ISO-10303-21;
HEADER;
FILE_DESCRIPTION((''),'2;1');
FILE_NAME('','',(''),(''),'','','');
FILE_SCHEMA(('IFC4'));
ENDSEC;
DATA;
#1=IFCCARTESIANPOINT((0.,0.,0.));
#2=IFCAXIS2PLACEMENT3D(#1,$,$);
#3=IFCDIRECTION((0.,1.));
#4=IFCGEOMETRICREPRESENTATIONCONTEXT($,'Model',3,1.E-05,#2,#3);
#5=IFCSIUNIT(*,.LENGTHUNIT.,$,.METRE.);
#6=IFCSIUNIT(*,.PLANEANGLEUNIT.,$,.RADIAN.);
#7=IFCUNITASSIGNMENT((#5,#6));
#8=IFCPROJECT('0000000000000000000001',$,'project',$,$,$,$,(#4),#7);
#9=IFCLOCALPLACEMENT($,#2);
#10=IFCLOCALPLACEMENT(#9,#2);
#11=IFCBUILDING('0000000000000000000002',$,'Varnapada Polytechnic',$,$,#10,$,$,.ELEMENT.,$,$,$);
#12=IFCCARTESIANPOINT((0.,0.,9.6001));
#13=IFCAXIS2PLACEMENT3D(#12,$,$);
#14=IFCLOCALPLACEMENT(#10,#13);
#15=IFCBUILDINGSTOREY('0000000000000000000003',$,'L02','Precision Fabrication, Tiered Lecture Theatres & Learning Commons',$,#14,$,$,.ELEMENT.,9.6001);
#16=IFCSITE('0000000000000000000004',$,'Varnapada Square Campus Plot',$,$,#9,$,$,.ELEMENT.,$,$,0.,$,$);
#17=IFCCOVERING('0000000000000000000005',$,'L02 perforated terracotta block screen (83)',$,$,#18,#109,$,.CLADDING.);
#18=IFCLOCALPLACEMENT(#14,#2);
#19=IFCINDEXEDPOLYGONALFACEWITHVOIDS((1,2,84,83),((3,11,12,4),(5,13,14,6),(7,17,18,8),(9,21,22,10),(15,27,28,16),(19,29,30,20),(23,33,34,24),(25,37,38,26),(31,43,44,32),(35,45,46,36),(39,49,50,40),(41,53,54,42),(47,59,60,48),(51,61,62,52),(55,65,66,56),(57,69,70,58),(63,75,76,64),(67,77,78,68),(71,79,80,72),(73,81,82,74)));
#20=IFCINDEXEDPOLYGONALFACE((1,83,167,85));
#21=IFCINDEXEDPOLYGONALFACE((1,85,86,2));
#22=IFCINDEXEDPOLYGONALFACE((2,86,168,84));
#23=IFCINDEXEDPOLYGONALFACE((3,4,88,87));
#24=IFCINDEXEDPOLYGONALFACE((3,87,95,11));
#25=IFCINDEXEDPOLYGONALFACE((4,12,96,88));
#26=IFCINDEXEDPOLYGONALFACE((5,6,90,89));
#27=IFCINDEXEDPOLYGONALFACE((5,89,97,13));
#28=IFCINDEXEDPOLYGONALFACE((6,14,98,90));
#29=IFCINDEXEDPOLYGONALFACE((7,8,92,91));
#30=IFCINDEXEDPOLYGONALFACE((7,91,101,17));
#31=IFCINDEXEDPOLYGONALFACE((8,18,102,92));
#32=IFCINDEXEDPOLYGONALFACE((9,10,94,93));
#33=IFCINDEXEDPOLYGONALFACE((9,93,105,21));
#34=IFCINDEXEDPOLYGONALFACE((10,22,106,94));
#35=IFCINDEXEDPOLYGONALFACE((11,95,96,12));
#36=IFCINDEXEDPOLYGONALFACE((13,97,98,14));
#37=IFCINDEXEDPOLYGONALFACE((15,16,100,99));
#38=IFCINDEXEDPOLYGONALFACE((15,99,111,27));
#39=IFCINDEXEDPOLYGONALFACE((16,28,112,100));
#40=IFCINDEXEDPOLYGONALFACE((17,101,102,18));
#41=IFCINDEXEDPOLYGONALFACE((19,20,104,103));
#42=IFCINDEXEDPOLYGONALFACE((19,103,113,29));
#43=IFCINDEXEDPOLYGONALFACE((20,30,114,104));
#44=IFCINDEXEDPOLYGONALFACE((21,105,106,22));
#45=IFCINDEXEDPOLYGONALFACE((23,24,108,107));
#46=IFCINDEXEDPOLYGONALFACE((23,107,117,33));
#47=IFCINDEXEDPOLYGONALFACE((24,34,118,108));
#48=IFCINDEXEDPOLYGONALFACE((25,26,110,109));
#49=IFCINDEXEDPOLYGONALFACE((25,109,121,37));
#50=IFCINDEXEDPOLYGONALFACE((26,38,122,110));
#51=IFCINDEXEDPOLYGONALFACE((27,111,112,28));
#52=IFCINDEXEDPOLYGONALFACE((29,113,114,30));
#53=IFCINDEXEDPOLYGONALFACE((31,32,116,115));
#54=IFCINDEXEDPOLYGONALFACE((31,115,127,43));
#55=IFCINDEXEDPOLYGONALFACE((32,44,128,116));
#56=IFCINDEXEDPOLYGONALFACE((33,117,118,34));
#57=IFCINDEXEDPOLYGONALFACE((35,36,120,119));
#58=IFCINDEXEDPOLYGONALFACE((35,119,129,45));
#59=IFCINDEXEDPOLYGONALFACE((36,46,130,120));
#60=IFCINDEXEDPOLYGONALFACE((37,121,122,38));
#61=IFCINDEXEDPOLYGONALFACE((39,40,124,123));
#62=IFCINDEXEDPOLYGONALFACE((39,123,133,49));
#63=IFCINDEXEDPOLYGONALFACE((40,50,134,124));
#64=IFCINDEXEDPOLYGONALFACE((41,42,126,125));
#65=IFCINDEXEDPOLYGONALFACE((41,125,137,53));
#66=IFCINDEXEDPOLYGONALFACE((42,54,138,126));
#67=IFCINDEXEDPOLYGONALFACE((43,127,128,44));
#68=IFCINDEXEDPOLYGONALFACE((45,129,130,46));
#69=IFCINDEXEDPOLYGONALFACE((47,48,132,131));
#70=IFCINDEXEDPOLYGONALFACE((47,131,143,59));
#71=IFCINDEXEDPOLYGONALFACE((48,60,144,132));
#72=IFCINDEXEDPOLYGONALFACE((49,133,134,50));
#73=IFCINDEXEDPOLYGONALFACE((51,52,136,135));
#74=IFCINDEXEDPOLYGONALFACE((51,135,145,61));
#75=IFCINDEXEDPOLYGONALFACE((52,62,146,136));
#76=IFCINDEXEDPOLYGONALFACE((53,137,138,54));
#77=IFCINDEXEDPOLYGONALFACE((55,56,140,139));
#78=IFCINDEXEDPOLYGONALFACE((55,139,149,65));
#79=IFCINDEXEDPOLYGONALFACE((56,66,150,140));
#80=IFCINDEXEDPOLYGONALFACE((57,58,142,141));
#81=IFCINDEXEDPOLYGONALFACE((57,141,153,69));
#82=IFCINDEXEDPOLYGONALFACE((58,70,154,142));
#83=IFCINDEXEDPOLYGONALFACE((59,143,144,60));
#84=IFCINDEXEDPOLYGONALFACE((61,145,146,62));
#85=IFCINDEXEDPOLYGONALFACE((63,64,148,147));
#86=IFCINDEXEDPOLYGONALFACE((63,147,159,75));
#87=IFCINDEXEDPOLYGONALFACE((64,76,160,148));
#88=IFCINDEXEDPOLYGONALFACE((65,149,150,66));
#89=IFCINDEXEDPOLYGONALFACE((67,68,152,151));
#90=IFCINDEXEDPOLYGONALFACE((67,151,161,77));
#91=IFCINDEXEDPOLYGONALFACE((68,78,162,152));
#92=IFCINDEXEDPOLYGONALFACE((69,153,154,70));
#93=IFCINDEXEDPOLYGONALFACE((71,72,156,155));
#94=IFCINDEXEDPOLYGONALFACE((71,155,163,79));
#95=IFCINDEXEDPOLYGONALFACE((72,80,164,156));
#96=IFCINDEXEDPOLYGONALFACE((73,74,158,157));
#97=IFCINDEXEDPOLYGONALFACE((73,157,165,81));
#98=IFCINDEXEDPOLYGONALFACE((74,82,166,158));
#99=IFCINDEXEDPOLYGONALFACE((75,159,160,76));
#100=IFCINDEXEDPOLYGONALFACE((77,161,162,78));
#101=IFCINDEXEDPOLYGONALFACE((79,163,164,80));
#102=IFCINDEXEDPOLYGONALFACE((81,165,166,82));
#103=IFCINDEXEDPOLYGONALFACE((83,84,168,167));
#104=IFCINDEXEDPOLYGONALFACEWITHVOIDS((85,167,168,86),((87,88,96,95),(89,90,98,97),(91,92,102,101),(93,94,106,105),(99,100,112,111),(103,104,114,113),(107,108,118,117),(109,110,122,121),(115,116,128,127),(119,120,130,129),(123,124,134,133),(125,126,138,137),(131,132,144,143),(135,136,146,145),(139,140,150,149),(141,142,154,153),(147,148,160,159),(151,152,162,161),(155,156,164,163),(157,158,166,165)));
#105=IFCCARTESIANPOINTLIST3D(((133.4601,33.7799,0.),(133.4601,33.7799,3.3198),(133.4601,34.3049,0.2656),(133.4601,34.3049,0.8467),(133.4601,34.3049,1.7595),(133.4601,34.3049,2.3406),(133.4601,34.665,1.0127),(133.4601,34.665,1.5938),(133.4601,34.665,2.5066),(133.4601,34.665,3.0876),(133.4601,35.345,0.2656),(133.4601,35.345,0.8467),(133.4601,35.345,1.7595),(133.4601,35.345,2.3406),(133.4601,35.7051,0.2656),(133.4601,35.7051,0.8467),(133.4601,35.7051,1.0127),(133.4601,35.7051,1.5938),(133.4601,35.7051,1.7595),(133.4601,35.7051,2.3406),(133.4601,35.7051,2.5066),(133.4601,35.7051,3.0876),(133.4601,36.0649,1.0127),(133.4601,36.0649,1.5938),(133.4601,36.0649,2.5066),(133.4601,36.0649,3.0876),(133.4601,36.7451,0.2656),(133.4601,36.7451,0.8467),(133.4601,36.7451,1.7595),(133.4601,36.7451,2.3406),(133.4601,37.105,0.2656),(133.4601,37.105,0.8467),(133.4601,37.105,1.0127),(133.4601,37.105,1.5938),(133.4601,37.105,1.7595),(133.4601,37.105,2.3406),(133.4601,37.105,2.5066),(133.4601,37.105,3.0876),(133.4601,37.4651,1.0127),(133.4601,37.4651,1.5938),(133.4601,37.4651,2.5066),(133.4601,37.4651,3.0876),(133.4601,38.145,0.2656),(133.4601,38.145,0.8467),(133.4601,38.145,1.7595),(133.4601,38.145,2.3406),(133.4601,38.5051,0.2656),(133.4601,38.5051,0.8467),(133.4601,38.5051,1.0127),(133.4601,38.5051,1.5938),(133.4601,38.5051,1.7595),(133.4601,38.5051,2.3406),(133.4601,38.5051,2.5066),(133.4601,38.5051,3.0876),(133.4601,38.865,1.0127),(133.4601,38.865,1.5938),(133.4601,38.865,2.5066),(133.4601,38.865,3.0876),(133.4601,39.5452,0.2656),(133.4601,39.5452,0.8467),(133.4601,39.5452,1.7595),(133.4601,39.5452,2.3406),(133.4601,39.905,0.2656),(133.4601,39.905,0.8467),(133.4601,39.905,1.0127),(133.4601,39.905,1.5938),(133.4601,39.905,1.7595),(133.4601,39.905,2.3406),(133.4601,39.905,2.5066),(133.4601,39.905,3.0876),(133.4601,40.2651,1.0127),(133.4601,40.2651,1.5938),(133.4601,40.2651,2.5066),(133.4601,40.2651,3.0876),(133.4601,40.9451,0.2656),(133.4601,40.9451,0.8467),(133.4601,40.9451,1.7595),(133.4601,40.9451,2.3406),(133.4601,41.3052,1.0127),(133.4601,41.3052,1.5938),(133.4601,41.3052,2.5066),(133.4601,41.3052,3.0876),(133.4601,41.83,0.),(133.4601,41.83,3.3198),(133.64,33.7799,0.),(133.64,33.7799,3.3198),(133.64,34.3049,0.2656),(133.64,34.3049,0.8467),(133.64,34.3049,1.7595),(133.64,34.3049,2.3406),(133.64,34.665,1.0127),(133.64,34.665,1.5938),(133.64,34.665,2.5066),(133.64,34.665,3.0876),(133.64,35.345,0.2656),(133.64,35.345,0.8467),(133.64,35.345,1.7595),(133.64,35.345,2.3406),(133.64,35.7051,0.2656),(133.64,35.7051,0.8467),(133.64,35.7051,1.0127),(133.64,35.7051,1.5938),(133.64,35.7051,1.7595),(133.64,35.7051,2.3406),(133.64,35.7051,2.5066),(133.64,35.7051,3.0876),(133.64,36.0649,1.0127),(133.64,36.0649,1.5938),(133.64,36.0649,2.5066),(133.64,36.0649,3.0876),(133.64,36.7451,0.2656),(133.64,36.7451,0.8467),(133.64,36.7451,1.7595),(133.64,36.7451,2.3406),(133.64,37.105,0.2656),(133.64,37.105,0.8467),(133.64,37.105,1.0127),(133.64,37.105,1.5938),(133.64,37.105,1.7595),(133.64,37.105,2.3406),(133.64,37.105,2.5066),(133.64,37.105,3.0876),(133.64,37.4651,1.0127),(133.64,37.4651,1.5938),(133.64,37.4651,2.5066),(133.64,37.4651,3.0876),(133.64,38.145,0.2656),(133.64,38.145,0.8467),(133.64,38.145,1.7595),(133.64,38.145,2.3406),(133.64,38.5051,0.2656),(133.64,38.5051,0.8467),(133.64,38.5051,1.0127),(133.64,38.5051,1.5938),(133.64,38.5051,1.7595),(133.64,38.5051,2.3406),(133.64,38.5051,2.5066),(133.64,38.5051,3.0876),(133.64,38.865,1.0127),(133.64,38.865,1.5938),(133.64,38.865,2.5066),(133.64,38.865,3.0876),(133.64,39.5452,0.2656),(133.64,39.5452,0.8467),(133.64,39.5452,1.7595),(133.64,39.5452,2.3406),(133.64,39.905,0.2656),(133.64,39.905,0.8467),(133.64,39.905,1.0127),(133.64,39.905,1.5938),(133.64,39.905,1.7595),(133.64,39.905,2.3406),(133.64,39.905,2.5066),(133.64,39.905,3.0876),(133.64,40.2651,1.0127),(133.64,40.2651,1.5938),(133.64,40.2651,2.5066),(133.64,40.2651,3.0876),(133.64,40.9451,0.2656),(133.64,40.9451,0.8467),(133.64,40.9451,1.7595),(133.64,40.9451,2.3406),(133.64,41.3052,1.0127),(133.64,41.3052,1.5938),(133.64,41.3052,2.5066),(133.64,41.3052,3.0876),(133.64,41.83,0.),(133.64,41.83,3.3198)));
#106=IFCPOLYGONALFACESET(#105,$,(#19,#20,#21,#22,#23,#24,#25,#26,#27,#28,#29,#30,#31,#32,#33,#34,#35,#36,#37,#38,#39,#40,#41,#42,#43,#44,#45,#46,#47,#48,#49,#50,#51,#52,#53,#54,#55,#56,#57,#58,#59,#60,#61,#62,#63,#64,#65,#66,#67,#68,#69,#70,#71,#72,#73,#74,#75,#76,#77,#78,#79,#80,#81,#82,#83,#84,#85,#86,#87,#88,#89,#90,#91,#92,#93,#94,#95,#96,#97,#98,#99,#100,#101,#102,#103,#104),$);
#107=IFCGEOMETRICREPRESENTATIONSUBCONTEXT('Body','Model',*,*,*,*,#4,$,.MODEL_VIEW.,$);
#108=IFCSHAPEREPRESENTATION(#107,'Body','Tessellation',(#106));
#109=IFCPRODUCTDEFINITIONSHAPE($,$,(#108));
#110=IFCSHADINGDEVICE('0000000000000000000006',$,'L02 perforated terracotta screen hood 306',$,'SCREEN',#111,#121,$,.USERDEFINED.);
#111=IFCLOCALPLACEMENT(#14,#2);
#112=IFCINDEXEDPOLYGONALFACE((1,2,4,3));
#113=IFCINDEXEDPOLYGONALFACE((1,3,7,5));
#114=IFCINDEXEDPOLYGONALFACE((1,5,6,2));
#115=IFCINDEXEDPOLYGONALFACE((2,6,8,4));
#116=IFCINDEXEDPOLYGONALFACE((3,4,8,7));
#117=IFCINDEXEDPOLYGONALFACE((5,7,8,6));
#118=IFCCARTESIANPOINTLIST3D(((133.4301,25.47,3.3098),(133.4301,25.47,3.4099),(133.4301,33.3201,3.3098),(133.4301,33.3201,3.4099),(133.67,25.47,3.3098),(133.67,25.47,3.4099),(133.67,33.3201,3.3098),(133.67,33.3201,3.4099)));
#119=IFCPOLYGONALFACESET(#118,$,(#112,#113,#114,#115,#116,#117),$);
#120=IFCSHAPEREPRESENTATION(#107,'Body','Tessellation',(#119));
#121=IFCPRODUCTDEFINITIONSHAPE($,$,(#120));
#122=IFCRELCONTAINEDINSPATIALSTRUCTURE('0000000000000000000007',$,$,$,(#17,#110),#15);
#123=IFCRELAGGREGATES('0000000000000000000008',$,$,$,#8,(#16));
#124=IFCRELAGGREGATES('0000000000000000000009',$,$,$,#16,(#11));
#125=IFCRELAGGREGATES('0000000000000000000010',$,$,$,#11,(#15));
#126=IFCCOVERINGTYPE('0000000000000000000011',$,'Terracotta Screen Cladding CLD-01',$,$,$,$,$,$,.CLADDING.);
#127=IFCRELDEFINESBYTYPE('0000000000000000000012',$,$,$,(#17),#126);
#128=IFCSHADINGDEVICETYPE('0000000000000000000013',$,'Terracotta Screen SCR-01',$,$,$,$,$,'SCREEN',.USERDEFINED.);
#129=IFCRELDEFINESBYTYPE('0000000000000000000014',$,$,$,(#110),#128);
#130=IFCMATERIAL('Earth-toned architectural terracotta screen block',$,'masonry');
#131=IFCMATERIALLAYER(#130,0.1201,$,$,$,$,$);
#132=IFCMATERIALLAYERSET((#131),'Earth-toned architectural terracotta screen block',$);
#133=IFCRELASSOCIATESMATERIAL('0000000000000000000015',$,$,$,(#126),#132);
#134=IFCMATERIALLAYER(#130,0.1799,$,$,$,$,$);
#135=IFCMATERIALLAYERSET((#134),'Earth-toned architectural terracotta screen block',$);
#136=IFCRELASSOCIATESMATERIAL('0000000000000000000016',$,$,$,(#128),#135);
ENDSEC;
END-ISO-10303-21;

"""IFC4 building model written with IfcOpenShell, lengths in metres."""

from ifc_helpers import new_model, si_unit, direction, frame, frame_2d, origin, origin_2d, place, context, subcontext, project, spatial, rectangle, extrude, material, layer, layer_set, type_object, element, save


model = new_model("IFC4")

# Units and contexts
model_context = context("Model", 3, precision=1e-05, world=origin(), true_north=direction((0.0, 1.0)))
body_context = subcontext(model_context, "Body", "Model", "MODEL_VIEW")
ifc_project = project(units=[si_unit("LENGTHUNIT", "METRE"), si_unit("PLANEANGLEUNIT", "RADIAN")], contexts=[model_context])

# Site, building, storey
site_placement = place(None, origin())
site = spatial("IfcSite", under=ifc_project, at=site_placement, Name="Varnapada Square Campus Plot", CompositionType="ELEMENT", RefElevation=0.0)
building_placement = place(site_placement, origin())
building = spatial("IfcBuilding", under=site, at=building_placement, Name="Varnapada Polytechnic", CompositionType="ELEMENT")
storey_placement = place(building_placement, frame((0.0, 0.0, 9.6001)))
storey = spatial("IfcBuildingStorey", under=building, at=storey_placement, Name="L02", Description="Precision Fabrication, Tiered Lecture Theatres & Learning Commons", CompositionType="ELEMENT", Elevation=9.6001)

# Covering, openings
ifc_material_1 = material(Name="Earth-toned architectural terracotta screen block", Category="masonry")
ifc_layer_1 = layer(ifc_material_1, 0.1201)
ifc_layer_set_1 = layer_set([ifc_layer_1], Name="Earth-toned architectural terracotta screen block")
covering_type = type_object("IfcCoveringType", Name="Terracotta Screen Cladding CLD-01", PredefinedType="CLADDING", material=ifc_layer_set_1)
covering_placement = place(storey_placement, frame((133.55, 33.78, 0.0), z_axis=(0.0, 0.0, 1.0), x_axis=(0.0, 1.0, 0.0)))
covering = element("IfcCovering", 1, at=covering_placement, inside=storey, type_object=covering_type, Name="L02 perforated terracotta block screen (83)", PredefinedType="CLADDING", context=body_context, shape_type="SweptSolid", body=[
    extrude(rectangle(XDim=8.05, YDim=0.1799, at=frame_2d((4.0249, 0.0))), origin(), (0.0, 0.0, 1.0), 3.3198),
])
opening_1_placement = place(covering_placement, frame((0.5249, 0.0, 0.2656)))
element("IfcOpeningElement", 2, at=opening_1_placement, cuts=covering, PredefinedType="OPENING", context=body_context, shape_type="SweptSolid", body=[
    extrude(rectangle(XDim=1.04, YDim=0.5811, at=frame_2d((0.52, 0.2905))), frame((0.0, 0.0999, 0.0), z_axis=(0.0, -1.0, 0.0), x_axis=(1.0, 0.0, 0.0)), (0.0, 0.0, 1.0), 0.2),
])
opening_2_placement = place(covering_placement, frame((1.925, 0.0, 0.2656)))
element("IfcOpeningElement", 3, at=opening_2_placement, cuts=covering, PredefinedType="OPENING", context=body_context, shape_type="SweptSolid", body=[
    extrude(rectangle(XDim=1.04, YDim=0.5811, at=frame_2d((0.52, 0.2905))), frame((0.0, 0.0999, 0.0), z_axis=(0.0, -1.0, 0.0), x_axis=(1.0, 0.0, 0.0)), (0.0, 0.0, 1.0), 0.2),
])
opening_3_placement = place(covering_placement, frame((3.325, 0.0, 0.2656)))
element("IfcOpeningElement", 4, at=opening_3_placement, cuts=covering, PredefinedType="OPENING", context=body_context, shape_type="SweptSolid", body=[
    extrude(rectangle(XDim=1.04, YDim=0.5811, at=frame_2d((0.52, 0.2905))), frame((0.0, 0.0999, 0.0), z_axis=(0.0, -1.0, 0.0), x_axis=(1.0, 0.0, 0.0)), (0.0, 0.0, 1.0), 0.2),
])
opening_4_placement = place(covering_placement, frame((4.7251, 0.0, 0.2656)))
element("IfcOpeningElement", 5, at=opening_4_placement, cuts=covering, PredefinedType="OPENING", context=body_context, shape_type="SweptSolid", body=[
    extrude(rectangle(XDim=1.04, YDim=0.5811, at=frame_2d((0.52, 0.2905))), frame((0.0, 0.0999, 0.0), z_axis=(0.0, -1.0, 0.0), x_axis=(1.0, 0.0, 0.0)), (0.0, 0.0, 1.0), 0.2),
])
opening_5_placement = place(covering_placement, frame((6.125, 0.0, 0.2656)))
element("IfcOpeningElement", 6, at=opening_5_placement, cuts=covering, PredefinedType="OPENING", context=body_context, shape_type="SweptSolid", body=[
    extrude(rectangle(XDim=1.04, YDim=0.5811, at=frame_2d((0.52, 0.2905))), frame((0.0, 0.0999, 0.0), z_axis=(0.0, -1.0, 0.0), x_axis=(1.0, 0.0, 0.0)), (0.0, 0.0, 1.0), 0.2),
])
opening_6_placement = place(covering_placement, frame((0.885, 0.0, 1.0127)))
element("IfcOpeningElement", 7, at=opening_6_placement, cuts=covering, PredefinedType="OPENING", context=body_context, shape_type="SweptSolid", body=[
    extrude(rectangle(XDim=1.04, YDim=0.5811, at=frame_2d((0.52, 0.2905))), frame((0.0, 0.0999, 0.0), z_axis=(0.0, -1.0, 0.0), x_axis=(1.0, 0.0, 0.0)), (0.0, 0.0, 1.0), 0.2),
])
opening_7_placement = place(covering_placement, frame((2.2849, 0.0, 1.0127)))
element("IfcOpeningElement", 8, at=opening_7_placement, cuts=covering, PredefinedType="OPENING", context=body_context, shape_type="SweptSolid", body=[
    extrude(rectangle(XDim=1.04, YDim=0.5811, at=frame_2d((0.52, 0.2905))), frame((0.0, 0.0999, 0.0), z_axis=(0.0, -1.0, 0.0), x_axis=(1.0, 0.0, 0.0)), (0.0, 0.0, 1.0), 0.2),
])
opening_8_placement = place(covering_placement, frame((3.6851, 0.0, 1.0127)))
element("IfcOpeningElement", 9, at=opening_8_placement, cuts=covering, PredefinedType="OPENING", context=body_context, shape_type="SweptSolid", body=[
    extrude(rectangle(XDim=1.04, YDim=0.5811, at=frame_2d((0.52, 0.2905))), frame((0.0, 0.0999, 0.0), z_axis=(0.0, -1.0, 0.0), x_axis=(1.0, 0.0, 0.0)), (0.0, 0.0, 1.0), 0.2),
])
opening_9_placement = place(covering_placement, frame((5.085, 0.0, 1.0127)))
element("IfcOpeningElement", 10, at=opening_9_placement, cuts=covering, PredefinedType="OPENING", context=body_context, shape_type="SweptSolid", body=[
    extrude(rectangle(XDim=1.04, YDim=0.5811, at=frame_2d((0.52, 0.2905))), frame((0.0, 0.0999, 0.0), z_axis=(0.0, -1.0, 0.0), x_axis=(1.0, 0.0, 0.0)), (0.0, 0.0, 1.0), 0.2),
])
opening_10_placement = place(covering_placement, frame((6.4851, 0.0, 1.0127)))
element("IfcOpeningElement", 11, at=opening_10_placement, cuts=covering, PredefinedType="OPENING", context=body_context, shape_type="SweptSolid", body=[
    extrude(rectangle(XDim=1.04, YDim=0.5811, at=frame_2d((0.52, 0.2905))), frame((0.0, 0.0999, 0.0), z_axis=(0.0, -1.0, 0.0), x_axis=(1.0, 0.0, 0.0)), (0.0, 0.0, 1.0), 0.2),
])
opening_11_placement = place(covering_placement, frame((0.5249, 0.0, 1.7595)))
element("IfcOpeningElement", 12, at=opening_11_placement, cuts=covering, PredefinedType="OPENING", context=body_context, shape_type="SweptSolid", body=[
    extrude(rectangle(XDim=1.04, YDim=0.5811, at=frame_2d((0.52, 0.2905))), frame((0.0, 0.0999, 0.0), z_axis=(0.0, -1.0, 0.0), x_axis=(1.0, 0.0, 0.0)), (0.0, 0.0, 1.0), 0.2),
])
opening_12_placement = place(covering_placement, frame((1.925, 0.0, 1.7595)))
element("IfcOpeningElement", 13, at=opening_12_placement, cuts=covering, PredefinedType="OPENING", context=body_context, shape_type="SweptSolid", body=[
    extrude(rectangle(XDim=1.04, YDim=0.5811, at=frame_2d((0.52, 0.2905))), frame((0.0, 0.0999, 0.0), z_axis=(0.0, -1.0, 0.0), x_axis=(1.0, 0.0, 0.0)), (0.0, 0.0, 1.0), 0.2),
])
opening_13_placement = place(covering_placement, frame((3.325, 0.0, 1.7595)))
element("IfcOpeningElement", 14, at=opening_13_placement, cuts=covering, PredefinedType="OPENING", context=body_context, shape_type="SweptSolid", body=[
    extrude(rectangle(XDim=1.04, YDim=0.5811, at=frame_2d((0.52, 0.2905))), frame((0.0, 0.0999, 0.0), z_axis=(0.0, -1.0, 0.0), x_axis=(1.0, 0.0, 0.0)), (0.0, 0.0, 1.0), 0.2),
])
opening_14_placement = place(covering_placement, frame((4.7251, 0.0, 1.7595)))
element("IfcOpeningElement", 15, at=opening_14_placement, cuts=covering, PredefinedType="OPENING", context=body_context, shape_type="SweptSolid", body=[
    extrude(rectangle(XDim=1.04, YDim=0.5811, at=frame_2d((0.52, 0.2905))), frame((0.0, 0.0999, 0.0), z_axis=(0.0, -1.0, 0.0), x_axis=(1.0, 0.0, 0.0)), (0.0, 0.0, 1.0), 0.2),
])
opening_15_placement = place(covering_placement, frame((6.125, 0.0, 1.7595)))
element("IfcOpeningElement", 16, at=opening_15_placement, cuts=covering, PredefinedType="OPENING", context=body_context, shape_type="SweptSolid", body=[
    extrude(rectangle(XDim=1.04, YDim=0.5811, at=frame_2d((0.52, 0.2905))), frame((0.0, 0.0999, 0.0), z_axis=(0.0, -1.0, 0.0), x_axis=(1.0, 0.0, 0.0)), (0.0, 0.0, 1.0), 0.2),
])
opening_16_placement = place(covering_placement, frame((0.885, 0.0, 2.5066)))
element("IfcOpeningElement", 17, at=opening_16_placement, cuts=covering, PredefinedType="OPENING", context=body_context, shape_type="SweptSolid", body=[
    extrude(rectangle(XDim=1.04, YDim=0.5811, at=frame_2d((0.52, 0.2905))), frame((0.0, 0.0999, 0.0), z_axis=(0.0, -1.0, 0.0), x_axis=(1.0, 0.0, 0.0)), (0.0, 0.0, 1.0), 0.2),
])
opening_17_placement = place(covering_placement, frame((2.2849, 0.0, 2.5066)))
element("IfcOpeningElement", 18, at=opening_17_placement, cuts=covering, PredefinedType="OPENING", context=body_context, shape_type="SweptSolid", body=[
    extrude(rectangle(XDim=1.04, YDim=0.5811, at=frame_2d((0.52, 0.2905))), frame((0.0, 0.0999, 0.0), z_axis=(0.0, -1.0, 0.0), x_axis=(1.0, 0.0, 0.0)), (0.0, 0.0, 1.0), 0.2),
])
opening_18_placement = place(covering_placement, frame((3.6851, 0.0, 2.5066)))
element("IfcOpeningElement", 19, at=opening_18_placement, cuts=covering, PredefinedType="OPENING", context=body_context, shape_type="SweptSolid", body=[
    extrude(rectangle(XDim=1.04, YDim=0.5811, at=frame_2d((0.52, 0.2905))), frame((0.0, 0.0999, 0.0), z_axis=(0.0, -1.0, 0.0), x_axis=(1.0, 0.0, 0.0)), (0.0, 0.0, 1.0), 0.2),
])
opening_19_placement = place(covering_placement, frame((5.085, 0.0, 2.5066)))
element("IfcOpeningElement", 20, at=opening_19_placement, cuts=covering, PredefinedType="OPENING", context=body_context, shape_type="SweptSolid", body=[
    extrude(rectangle(XDim=1.04, YDim=0.5811, at=frame_2d((0.52, 0.2905))), frame((0.0, 0.0999, 0.0), z_axis=(0.0, -1.0, 0.0), x_axis=(1.0, 0.0, 0.0)), (0.0, 0.0, 1.0), 0.2),
])
opening_20_placement = place(covering_placement, frame((6.4851, 0.0, 2.5066)))
element("IfcOpeningElement", 21, at=opening_20_placement, cuts=covering, PredefinedType="OPENING", context=body_context, shape_type="SweptSolid", body=[
    extrude(rectangle(XDim=1.04, YDim=0.5811, at=frame_2d((0.52, 0.2905))), frame((0.0, 0.0999, 0.0), z_axis=(0.0, -1.0, 0.0), x_axis=(1.0, 0.0, 0.0)), (0.0, 0.0, 1.0), 0.2),
])

# Shading device
ifc_layer_2 = layer(ifc_material_1, 0.1799)
ifc_layer_set_2 = layer_set([ifc_layer_2], Name="Earth-toned architectural terracotta screen block")
shading_device_type = type_object("IfcShadingDeviceType", Name="Terracotta Screen SCR-01", ElementType="SCREEN", PredefinedType="USERDEFINED", material=ifc_layer_set_2)
shading_device_placement = place(storey_placement, frame((133.55, 29.395, 3.3098), z_axis=(0.0, 0.0, 1.0), x_axis=(0.0, 1.0, 0.0)))
element("IfcShadingDevice", 22, at=shading_device_placement, inside=storey, type_object=shading_device_type, Name="L02 perforated terracotta screen hood 306", ObjectType="SCREEN", PredefinedType="USERDEFINED", context=body_context, shape_type="SweptSolid", body=[
    extrude(rectangle(XDim=7.8501, YDim=0.24, at=origin_2d()), origin(), (0.0, 0.0, 1.0), 0.1001),
])

save(model, "model.ifc")
